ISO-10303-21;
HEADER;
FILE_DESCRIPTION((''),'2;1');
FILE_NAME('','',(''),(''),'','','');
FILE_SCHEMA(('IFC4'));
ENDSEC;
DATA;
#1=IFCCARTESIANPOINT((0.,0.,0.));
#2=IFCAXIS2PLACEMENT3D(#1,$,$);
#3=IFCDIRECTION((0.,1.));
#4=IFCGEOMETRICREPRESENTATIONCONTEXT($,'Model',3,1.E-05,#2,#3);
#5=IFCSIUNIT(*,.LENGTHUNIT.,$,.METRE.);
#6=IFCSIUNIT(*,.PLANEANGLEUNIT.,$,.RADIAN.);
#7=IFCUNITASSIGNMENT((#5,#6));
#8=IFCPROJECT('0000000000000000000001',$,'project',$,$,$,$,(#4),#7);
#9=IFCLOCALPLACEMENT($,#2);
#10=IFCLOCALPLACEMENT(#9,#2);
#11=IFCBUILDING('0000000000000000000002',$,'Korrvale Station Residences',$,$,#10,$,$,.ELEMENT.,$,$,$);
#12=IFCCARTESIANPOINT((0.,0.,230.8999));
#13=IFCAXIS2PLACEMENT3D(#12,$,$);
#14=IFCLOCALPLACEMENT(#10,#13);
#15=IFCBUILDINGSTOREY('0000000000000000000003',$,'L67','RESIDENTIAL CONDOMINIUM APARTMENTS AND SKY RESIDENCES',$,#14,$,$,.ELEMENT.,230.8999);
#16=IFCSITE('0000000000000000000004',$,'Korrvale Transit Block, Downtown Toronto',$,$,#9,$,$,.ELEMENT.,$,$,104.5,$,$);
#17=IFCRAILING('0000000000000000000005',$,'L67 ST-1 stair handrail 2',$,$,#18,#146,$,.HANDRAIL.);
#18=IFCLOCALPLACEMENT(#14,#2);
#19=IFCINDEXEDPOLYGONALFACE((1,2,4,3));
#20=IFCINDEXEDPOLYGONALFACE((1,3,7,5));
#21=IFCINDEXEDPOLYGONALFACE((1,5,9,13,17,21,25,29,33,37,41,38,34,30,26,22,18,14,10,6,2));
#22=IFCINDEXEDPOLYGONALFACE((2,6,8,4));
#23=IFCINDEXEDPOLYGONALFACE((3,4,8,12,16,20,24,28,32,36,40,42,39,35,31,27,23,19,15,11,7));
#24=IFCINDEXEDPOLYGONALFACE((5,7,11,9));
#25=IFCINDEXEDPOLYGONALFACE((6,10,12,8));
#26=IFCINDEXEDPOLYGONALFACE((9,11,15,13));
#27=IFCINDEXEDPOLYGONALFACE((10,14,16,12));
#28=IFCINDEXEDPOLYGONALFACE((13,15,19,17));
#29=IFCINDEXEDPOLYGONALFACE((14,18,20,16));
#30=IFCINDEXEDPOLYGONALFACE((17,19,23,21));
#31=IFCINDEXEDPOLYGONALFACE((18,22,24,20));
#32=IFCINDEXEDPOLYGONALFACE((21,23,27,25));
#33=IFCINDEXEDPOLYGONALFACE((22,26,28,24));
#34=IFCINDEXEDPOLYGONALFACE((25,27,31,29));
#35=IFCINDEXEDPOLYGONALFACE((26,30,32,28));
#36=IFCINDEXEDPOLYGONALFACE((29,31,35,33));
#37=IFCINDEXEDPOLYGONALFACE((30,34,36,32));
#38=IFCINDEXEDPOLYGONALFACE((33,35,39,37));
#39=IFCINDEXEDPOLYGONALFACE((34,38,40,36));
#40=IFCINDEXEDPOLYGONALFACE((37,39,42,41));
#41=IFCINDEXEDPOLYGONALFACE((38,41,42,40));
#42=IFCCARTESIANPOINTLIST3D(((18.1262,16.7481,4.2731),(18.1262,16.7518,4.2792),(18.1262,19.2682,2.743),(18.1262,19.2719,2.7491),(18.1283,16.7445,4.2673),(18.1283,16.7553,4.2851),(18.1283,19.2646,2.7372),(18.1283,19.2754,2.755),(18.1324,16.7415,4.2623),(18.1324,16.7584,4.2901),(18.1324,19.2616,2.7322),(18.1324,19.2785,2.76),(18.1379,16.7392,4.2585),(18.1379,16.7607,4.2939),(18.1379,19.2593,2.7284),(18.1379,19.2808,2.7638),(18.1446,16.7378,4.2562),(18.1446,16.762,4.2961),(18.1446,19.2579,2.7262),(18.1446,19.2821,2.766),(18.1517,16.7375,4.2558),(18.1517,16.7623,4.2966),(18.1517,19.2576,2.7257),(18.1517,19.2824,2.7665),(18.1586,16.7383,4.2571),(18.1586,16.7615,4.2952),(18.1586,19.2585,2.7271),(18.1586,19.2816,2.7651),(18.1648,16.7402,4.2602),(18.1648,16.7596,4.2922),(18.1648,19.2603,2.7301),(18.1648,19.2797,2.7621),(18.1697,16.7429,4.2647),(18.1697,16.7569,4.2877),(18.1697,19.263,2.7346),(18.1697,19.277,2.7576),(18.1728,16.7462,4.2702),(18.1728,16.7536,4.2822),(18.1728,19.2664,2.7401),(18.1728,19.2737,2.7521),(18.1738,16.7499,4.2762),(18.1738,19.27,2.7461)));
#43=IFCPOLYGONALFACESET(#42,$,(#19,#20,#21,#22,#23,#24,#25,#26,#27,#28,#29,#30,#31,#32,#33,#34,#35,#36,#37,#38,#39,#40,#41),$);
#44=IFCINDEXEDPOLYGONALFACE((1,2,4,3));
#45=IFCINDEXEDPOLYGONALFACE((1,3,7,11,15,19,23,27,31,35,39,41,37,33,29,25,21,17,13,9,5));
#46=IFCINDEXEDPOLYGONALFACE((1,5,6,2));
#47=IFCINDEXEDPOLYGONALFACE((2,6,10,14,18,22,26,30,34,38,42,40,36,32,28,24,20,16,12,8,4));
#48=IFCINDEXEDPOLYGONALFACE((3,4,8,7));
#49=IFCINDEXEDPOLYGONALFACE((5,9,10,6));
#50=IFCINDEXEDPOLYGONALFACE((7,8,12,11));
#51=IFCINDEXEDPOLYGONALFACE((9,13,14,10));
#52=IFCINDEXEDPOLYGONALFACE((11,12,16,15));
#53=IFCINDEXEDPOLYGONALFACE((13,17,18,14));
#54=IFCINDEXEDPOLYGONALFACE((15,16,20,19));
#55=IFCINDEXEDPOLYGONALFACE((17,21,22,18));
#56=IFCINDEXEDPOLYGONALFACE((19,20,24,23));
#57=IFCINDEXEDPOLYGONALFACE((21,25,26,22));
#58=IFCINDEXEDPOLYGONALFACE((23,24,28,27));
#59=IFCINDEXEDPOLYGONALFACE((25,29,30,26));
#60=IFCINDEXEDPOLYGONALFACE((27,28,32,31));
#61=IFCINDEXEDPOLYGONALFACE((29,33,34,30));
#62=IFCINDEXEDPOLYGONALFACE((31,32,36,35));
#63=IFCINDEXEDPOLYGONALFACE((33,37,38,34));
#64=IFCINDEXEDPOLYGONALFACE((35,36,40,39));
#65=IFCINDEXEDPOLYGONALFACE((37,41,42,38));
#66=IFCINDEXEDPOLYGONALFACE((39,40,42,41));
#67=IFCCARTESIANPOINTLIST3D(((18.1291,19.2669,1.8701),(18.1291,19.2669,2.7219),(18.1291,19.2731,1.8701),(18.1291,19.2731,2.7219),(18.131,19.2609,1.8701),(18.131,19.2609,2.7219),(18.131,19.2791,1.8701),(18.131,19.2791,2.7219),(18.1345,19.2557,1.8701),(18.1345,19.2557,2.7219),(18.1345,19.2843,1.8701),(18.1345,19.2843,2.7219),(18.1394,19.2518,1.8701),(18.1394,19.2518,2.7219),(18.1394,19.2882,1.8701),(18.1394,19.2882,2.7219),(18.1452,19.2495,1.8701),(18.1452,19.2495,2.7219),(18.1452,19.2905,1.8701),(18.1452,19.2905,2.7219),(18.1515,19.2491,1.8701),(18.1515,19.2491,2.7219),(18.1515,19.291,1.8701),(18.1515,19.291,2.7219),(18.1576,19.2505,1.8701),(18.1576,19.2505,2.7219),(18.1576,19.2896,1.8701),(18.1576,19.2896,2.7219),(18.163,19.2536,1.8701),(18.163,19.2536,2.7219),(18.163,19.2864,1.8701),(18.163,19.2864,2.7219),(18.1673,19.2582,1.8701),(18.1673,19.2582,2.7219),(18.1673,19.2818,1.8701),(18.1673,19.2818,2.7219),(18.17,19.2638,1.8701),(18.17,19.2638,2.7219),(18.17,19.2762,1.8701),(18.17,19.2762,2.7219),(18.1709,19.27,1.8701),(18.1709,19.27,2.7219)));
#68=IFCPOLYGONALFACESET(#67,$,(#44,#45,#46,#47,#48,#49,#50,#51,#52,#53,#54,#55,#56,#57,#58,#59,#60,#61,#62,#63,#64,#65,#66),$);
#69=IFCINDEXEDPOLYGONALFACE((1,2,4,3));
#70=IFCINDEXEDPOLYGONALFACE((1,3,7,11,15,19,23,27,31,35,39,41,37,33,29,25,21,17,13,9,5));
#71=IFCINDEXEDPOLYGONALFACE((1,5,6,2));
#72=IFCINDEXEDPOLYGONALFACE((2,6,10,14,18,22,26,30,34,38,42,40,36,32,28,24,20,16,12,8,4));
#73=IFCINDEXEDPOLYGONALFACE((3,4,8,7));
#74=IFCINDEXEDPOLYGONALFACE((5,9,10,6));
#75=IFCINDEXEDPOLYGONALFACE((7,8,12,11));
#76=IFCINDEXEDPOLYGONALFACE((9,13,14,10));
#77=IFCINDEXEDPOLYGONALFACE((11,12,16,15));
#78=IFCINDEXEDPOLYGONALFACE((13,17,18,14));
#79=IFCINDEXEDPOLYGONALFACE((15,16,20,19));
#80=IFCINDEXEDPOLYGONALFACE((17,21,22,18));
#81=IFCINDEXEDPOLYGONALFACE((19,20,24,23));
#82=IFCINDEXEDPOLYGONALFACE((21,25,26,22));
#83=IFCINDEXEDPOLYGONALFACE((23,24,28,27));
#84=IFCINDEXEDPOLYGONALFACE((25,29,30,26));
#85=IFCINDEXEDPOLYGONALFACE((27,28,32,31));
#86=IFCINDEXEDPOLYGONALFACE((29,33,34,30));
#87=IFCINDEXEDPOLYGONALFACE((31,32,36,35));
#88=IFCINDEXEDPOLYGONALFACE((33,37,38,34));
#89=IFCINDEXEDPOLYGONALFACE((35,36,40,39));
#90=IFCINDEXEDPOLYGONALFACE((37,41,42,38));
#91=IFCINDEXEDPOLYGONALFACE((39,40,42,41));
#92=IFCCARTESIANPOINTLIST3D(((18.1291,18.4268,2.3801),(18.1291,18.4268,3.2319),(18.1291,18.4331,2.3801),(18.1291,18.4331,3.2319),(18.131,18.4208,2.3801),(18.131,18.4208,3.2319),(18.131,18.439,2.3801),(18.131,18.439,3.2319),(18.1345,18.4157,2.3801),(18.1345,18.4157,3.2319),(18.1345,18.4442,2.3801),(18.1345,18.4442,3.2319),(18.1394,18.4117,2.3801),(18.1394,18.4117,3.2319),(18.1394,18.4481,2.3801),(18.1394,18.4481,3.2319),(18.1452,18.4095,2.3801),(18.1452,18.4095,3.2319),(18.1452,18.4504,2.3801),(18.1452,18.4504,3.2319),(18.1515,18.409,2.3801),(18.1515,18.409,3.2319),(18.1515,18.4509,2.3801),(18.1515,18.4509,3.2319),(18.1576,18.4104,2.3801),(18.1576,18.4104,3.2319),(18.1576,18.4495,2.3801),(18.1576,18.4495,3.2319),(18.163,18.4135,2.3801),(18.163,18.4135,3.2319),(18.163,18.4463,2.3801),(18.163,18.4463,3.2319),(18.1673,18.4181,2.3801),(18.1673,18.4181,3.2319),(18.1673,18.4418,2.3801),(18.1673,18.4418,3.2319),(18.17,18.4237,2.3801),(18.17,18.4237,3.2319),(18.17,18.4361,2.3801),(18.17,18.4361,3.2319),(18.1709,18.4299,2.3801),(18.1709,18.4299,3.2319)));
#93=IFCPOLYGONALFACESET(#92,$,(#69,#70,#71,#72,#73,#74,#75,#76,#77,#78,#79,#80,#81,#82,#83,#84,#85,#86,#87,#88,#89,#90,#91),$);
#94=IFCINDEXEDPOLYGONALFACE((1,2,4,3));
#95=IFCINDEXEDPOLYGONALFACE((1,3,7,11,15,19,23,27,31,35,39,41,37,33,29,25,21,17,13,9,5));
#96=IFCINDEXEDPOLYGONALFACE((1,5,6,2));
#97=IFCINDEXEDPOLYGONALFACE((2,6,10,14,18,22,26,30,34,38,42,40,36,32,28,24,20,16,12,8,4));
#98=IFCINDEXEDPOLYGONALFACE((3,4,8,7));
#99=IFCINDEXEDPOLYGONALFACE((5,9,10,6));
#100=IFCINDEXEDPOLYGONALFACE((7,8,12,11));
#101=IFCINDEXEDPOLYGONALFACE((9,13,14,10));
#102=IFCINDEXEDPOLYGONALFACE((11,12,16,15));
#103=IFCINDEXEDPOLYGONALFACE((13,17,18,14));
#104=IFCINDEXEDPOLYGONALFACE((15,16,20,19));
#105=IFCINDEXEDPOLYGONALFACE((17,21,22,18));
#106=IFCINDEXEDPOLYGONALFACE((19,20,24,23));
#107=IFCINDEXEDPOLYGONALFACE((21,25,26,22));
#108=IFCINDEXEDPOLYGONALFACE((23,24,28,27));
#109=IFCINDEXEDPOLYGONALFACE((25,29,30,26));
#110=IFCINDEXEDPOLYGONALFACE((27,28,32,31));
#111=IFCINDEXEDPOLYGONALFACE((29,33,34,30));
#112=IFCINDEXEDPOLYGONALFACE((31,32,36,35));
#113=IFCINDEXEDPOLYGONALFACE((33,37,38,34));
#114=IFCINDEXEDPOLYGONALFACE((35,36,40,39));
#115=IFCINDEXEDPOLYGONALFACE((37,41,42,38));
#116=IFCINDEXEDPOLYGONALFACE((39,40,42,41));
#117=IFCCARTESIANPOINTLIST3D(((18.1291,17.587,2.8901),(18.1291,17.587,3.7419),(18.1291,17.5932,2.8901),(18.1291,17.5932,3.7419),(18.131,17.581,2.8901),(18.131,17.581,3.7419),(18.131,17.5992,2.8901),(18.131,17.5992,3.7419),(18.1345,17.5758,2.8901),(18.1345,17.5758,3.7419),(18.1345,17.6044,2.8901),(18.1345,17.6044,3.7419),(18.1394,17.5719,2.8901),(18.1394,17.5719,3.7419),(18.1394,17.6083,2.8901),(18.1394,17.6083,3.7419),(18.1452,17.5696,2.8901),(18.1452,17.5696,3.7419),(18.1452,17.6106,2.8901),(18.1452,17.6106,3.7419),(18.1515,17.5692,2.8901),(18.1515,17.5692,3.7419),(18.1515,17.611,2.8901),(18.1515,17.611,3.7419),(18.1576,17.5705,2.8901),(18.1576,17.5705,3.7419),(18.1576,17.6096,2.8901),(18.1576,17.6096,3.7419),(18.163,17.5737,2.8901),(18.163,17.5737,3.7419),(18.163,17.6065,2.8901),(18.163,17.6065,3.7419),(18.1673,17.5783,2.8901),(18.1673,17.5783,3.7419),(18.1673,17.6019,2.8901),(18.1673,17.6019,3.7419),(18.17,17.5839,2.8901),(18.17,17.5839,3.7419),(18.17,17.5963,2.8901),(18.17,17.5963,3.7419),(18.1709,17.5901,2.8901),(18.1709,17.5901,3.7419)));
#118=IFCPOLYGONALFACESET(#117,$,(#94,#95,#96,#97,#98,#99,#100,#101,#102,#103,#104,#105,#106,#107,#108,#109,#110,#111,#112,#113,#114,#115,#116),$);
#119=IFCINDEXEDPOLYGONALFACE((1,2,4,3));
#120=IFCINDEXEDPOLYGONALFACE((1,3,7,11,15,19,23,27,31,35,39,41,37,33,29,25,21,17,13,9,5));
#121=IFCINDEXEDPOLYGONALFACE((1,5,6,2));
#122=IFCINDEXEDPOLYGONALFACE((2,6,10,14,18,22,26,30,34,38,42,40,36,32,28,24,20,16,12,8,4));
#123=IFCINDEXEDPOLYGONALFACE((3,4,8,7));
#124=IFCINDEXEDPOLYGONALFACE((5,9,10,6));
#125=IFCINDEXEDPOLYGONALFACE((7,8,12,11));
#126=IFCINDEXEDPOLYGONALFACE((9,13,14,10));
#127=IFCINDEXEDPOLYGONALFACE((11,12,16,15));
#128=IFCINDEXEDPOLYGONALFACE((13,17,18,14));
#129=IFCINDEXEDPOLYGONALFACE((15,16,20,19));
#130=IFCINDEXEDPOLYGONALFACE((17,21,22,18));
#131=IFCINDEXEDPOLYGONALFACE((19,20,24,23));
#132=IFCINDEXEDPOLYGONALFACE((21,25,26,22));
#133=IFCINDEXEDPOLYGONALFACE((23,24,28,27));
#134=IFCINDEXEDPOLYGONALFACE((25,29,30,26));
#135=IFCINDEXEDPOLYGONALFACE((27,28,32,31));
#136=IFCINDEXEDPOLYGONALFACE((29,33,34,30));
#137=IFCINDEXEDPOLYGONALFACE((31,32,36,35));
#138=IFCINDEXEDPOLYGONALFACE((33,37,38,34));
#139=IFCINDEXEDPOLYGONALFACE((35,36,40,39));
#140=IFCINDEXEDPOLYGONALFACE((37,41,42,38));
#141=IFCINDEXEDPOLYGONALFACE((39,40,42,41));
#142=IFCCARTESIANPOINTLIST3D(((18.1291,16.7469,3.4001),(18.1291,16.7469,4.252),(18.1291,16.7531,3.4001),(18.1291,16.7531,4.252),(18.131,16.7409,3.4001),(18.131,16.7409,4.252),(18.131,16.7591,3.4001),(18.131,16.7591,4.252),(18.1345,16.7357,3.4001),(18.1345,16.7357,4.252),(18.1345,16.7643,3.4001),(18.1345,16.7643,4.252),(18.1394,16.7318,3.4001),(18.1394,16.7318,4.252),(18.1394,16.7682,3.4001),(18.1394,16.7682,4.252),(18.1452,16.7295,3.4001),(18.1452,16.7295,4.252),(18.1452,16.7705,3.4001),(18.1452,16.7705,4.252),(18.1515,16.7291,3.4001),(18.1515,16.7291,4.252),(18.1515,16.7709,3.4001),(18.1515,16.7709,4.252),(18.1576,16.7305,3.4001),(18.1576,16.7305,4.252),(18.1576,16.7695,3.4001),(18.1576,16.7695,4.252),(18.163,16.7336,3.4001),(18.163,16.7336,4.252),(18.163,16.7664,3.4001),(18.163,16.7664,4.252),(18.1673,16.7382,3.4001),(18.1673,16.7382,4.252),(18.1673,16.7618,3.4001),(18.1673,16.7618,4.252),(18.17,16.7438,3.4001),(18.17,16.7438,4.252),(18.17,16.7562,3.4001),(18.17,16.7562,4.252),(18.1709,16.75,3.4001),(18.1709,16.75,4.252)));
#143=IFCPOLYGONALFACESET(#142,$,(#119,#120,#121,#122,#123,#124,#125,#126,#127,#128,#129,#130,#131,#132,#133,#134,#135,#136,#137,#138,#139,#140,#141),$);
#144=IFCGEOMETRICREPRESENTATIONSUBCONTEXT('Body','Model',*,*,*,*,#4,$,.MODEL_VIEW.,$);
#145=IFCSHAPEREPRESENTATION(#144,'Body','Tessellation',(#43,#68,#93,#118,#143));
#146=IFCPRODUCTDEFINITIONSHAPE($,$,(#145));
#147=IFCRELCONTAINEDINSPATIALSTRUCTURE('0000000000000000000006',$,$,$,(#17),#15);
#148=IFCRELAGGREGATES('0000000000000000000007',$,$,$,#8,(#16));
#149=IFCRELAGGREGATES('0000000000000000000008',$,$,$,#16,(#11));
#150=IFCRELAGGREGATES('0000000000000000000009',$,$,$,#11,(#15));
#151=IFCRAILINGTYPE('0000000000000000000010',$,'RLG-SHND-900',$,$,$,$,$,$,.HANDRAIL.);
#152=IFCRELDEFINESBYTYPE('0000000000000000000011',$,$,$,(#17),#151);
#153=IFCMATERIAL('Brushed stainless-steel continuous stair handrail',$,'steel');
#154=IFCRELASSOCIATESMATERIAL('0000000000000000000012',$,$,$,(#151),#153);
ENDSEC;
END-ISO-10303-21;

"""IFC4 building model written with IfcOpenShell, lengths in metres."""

from ifc_helpers import new_model, si_unit, direction, frame, origin, origin_2d, place, context, subcontext, project, spatial, circle, extrude, material, type_object, element, save


model = new_model("IFC4")

# Units and contexts
model_context = context("Model", 3, precision=1e-05, world=origin(), true_north=direction((0.0, 1.0)))
body_context = subcontext(model_context, "Body", "Model", "MODEL_VIEW")
ifc_project = project(units=[si_unit("LENGTHUNIT", "METRE"), si_unit("PLANEANGLEUNIT", "RADIAN")], contexts=[model_context])

# Site, building, storey
site_placement = place(None, origin())
site = spatial("IfcSite", under=ifc_project, at=site_placement, Name="Korrvale Transit Block, Downtown Toronto", CompositionType="ELEMENT", RefElevation=104.5)
building_placement = place(site_placement, origin())
building = spatial("IfcBuilding", under=site, at=building_placement, Name="Korrvale Station Residences", CompositionType="ELEMENT")
storey_placement = place(building_placement, frame((0.0, 0.0, 230.8999)))
storey = spatial("IfcBuildingStorey", under=building, at=storey_placement, Name="L67", Description="RESIDENTIAL CONDOMINIUM APARTMENTS AND SKY RESIDENCES", CompositionType="ELEMENT", Elevation=230.8999)

# Railing
ifc_material_1 = material(Name="Brushed stainless-steel continuous stair handrail", Category="steel")
railing_type_1 = type_object("IfcRailingType", Name="RLG-SHND-900", PredefinedType="HANDRAIL", material=ifc_material_1)
railing_1_placement = place(storey_placement, frame((18.1499, 19.27, 1.8701)))
element("IfcRailing", 1, at=railing_1_placement, inside=storey, type_object=railing_type_1, Name="L67 ST-1 stair handrail 2", PredefinedType="HANDRAIL", context=body_context, shape_type="SweptSolid", body=[
    extrude(circle(Radius=0.0239, at=origin_2d()), frame((0.0, 0.0, 0.876), z_axis=(0.0, -0.854785, 0.518982), x_axis=(1.0, 0.0, 0.0)), (0.0, 0.0, 1.0), 2.9482),
    extrude(circle(Radius=0.021, at=origin_2d()), origin(), (0.0, 0.0, 1.0), 0.8518),
    extrude(circle(Radius=0.021, at=origin_2d()), frame((0.0, -0.8401, 0.51)), (0.0, 0.0, 1.0), 0.8518),
    extrude(circle(Radius=0.021, at=origin_2d()), frame((0.0, -1.6799, 1.02)), (0.0, 0.0, 1.0), 0.8518),
    extrude(circle(Radius=0.021, at=origin_2d()), frame((0.0, -2.52, 1.53)), (0.0, 0.0, 1.0), 0.8518),
])

save(model, "model.ifc")
